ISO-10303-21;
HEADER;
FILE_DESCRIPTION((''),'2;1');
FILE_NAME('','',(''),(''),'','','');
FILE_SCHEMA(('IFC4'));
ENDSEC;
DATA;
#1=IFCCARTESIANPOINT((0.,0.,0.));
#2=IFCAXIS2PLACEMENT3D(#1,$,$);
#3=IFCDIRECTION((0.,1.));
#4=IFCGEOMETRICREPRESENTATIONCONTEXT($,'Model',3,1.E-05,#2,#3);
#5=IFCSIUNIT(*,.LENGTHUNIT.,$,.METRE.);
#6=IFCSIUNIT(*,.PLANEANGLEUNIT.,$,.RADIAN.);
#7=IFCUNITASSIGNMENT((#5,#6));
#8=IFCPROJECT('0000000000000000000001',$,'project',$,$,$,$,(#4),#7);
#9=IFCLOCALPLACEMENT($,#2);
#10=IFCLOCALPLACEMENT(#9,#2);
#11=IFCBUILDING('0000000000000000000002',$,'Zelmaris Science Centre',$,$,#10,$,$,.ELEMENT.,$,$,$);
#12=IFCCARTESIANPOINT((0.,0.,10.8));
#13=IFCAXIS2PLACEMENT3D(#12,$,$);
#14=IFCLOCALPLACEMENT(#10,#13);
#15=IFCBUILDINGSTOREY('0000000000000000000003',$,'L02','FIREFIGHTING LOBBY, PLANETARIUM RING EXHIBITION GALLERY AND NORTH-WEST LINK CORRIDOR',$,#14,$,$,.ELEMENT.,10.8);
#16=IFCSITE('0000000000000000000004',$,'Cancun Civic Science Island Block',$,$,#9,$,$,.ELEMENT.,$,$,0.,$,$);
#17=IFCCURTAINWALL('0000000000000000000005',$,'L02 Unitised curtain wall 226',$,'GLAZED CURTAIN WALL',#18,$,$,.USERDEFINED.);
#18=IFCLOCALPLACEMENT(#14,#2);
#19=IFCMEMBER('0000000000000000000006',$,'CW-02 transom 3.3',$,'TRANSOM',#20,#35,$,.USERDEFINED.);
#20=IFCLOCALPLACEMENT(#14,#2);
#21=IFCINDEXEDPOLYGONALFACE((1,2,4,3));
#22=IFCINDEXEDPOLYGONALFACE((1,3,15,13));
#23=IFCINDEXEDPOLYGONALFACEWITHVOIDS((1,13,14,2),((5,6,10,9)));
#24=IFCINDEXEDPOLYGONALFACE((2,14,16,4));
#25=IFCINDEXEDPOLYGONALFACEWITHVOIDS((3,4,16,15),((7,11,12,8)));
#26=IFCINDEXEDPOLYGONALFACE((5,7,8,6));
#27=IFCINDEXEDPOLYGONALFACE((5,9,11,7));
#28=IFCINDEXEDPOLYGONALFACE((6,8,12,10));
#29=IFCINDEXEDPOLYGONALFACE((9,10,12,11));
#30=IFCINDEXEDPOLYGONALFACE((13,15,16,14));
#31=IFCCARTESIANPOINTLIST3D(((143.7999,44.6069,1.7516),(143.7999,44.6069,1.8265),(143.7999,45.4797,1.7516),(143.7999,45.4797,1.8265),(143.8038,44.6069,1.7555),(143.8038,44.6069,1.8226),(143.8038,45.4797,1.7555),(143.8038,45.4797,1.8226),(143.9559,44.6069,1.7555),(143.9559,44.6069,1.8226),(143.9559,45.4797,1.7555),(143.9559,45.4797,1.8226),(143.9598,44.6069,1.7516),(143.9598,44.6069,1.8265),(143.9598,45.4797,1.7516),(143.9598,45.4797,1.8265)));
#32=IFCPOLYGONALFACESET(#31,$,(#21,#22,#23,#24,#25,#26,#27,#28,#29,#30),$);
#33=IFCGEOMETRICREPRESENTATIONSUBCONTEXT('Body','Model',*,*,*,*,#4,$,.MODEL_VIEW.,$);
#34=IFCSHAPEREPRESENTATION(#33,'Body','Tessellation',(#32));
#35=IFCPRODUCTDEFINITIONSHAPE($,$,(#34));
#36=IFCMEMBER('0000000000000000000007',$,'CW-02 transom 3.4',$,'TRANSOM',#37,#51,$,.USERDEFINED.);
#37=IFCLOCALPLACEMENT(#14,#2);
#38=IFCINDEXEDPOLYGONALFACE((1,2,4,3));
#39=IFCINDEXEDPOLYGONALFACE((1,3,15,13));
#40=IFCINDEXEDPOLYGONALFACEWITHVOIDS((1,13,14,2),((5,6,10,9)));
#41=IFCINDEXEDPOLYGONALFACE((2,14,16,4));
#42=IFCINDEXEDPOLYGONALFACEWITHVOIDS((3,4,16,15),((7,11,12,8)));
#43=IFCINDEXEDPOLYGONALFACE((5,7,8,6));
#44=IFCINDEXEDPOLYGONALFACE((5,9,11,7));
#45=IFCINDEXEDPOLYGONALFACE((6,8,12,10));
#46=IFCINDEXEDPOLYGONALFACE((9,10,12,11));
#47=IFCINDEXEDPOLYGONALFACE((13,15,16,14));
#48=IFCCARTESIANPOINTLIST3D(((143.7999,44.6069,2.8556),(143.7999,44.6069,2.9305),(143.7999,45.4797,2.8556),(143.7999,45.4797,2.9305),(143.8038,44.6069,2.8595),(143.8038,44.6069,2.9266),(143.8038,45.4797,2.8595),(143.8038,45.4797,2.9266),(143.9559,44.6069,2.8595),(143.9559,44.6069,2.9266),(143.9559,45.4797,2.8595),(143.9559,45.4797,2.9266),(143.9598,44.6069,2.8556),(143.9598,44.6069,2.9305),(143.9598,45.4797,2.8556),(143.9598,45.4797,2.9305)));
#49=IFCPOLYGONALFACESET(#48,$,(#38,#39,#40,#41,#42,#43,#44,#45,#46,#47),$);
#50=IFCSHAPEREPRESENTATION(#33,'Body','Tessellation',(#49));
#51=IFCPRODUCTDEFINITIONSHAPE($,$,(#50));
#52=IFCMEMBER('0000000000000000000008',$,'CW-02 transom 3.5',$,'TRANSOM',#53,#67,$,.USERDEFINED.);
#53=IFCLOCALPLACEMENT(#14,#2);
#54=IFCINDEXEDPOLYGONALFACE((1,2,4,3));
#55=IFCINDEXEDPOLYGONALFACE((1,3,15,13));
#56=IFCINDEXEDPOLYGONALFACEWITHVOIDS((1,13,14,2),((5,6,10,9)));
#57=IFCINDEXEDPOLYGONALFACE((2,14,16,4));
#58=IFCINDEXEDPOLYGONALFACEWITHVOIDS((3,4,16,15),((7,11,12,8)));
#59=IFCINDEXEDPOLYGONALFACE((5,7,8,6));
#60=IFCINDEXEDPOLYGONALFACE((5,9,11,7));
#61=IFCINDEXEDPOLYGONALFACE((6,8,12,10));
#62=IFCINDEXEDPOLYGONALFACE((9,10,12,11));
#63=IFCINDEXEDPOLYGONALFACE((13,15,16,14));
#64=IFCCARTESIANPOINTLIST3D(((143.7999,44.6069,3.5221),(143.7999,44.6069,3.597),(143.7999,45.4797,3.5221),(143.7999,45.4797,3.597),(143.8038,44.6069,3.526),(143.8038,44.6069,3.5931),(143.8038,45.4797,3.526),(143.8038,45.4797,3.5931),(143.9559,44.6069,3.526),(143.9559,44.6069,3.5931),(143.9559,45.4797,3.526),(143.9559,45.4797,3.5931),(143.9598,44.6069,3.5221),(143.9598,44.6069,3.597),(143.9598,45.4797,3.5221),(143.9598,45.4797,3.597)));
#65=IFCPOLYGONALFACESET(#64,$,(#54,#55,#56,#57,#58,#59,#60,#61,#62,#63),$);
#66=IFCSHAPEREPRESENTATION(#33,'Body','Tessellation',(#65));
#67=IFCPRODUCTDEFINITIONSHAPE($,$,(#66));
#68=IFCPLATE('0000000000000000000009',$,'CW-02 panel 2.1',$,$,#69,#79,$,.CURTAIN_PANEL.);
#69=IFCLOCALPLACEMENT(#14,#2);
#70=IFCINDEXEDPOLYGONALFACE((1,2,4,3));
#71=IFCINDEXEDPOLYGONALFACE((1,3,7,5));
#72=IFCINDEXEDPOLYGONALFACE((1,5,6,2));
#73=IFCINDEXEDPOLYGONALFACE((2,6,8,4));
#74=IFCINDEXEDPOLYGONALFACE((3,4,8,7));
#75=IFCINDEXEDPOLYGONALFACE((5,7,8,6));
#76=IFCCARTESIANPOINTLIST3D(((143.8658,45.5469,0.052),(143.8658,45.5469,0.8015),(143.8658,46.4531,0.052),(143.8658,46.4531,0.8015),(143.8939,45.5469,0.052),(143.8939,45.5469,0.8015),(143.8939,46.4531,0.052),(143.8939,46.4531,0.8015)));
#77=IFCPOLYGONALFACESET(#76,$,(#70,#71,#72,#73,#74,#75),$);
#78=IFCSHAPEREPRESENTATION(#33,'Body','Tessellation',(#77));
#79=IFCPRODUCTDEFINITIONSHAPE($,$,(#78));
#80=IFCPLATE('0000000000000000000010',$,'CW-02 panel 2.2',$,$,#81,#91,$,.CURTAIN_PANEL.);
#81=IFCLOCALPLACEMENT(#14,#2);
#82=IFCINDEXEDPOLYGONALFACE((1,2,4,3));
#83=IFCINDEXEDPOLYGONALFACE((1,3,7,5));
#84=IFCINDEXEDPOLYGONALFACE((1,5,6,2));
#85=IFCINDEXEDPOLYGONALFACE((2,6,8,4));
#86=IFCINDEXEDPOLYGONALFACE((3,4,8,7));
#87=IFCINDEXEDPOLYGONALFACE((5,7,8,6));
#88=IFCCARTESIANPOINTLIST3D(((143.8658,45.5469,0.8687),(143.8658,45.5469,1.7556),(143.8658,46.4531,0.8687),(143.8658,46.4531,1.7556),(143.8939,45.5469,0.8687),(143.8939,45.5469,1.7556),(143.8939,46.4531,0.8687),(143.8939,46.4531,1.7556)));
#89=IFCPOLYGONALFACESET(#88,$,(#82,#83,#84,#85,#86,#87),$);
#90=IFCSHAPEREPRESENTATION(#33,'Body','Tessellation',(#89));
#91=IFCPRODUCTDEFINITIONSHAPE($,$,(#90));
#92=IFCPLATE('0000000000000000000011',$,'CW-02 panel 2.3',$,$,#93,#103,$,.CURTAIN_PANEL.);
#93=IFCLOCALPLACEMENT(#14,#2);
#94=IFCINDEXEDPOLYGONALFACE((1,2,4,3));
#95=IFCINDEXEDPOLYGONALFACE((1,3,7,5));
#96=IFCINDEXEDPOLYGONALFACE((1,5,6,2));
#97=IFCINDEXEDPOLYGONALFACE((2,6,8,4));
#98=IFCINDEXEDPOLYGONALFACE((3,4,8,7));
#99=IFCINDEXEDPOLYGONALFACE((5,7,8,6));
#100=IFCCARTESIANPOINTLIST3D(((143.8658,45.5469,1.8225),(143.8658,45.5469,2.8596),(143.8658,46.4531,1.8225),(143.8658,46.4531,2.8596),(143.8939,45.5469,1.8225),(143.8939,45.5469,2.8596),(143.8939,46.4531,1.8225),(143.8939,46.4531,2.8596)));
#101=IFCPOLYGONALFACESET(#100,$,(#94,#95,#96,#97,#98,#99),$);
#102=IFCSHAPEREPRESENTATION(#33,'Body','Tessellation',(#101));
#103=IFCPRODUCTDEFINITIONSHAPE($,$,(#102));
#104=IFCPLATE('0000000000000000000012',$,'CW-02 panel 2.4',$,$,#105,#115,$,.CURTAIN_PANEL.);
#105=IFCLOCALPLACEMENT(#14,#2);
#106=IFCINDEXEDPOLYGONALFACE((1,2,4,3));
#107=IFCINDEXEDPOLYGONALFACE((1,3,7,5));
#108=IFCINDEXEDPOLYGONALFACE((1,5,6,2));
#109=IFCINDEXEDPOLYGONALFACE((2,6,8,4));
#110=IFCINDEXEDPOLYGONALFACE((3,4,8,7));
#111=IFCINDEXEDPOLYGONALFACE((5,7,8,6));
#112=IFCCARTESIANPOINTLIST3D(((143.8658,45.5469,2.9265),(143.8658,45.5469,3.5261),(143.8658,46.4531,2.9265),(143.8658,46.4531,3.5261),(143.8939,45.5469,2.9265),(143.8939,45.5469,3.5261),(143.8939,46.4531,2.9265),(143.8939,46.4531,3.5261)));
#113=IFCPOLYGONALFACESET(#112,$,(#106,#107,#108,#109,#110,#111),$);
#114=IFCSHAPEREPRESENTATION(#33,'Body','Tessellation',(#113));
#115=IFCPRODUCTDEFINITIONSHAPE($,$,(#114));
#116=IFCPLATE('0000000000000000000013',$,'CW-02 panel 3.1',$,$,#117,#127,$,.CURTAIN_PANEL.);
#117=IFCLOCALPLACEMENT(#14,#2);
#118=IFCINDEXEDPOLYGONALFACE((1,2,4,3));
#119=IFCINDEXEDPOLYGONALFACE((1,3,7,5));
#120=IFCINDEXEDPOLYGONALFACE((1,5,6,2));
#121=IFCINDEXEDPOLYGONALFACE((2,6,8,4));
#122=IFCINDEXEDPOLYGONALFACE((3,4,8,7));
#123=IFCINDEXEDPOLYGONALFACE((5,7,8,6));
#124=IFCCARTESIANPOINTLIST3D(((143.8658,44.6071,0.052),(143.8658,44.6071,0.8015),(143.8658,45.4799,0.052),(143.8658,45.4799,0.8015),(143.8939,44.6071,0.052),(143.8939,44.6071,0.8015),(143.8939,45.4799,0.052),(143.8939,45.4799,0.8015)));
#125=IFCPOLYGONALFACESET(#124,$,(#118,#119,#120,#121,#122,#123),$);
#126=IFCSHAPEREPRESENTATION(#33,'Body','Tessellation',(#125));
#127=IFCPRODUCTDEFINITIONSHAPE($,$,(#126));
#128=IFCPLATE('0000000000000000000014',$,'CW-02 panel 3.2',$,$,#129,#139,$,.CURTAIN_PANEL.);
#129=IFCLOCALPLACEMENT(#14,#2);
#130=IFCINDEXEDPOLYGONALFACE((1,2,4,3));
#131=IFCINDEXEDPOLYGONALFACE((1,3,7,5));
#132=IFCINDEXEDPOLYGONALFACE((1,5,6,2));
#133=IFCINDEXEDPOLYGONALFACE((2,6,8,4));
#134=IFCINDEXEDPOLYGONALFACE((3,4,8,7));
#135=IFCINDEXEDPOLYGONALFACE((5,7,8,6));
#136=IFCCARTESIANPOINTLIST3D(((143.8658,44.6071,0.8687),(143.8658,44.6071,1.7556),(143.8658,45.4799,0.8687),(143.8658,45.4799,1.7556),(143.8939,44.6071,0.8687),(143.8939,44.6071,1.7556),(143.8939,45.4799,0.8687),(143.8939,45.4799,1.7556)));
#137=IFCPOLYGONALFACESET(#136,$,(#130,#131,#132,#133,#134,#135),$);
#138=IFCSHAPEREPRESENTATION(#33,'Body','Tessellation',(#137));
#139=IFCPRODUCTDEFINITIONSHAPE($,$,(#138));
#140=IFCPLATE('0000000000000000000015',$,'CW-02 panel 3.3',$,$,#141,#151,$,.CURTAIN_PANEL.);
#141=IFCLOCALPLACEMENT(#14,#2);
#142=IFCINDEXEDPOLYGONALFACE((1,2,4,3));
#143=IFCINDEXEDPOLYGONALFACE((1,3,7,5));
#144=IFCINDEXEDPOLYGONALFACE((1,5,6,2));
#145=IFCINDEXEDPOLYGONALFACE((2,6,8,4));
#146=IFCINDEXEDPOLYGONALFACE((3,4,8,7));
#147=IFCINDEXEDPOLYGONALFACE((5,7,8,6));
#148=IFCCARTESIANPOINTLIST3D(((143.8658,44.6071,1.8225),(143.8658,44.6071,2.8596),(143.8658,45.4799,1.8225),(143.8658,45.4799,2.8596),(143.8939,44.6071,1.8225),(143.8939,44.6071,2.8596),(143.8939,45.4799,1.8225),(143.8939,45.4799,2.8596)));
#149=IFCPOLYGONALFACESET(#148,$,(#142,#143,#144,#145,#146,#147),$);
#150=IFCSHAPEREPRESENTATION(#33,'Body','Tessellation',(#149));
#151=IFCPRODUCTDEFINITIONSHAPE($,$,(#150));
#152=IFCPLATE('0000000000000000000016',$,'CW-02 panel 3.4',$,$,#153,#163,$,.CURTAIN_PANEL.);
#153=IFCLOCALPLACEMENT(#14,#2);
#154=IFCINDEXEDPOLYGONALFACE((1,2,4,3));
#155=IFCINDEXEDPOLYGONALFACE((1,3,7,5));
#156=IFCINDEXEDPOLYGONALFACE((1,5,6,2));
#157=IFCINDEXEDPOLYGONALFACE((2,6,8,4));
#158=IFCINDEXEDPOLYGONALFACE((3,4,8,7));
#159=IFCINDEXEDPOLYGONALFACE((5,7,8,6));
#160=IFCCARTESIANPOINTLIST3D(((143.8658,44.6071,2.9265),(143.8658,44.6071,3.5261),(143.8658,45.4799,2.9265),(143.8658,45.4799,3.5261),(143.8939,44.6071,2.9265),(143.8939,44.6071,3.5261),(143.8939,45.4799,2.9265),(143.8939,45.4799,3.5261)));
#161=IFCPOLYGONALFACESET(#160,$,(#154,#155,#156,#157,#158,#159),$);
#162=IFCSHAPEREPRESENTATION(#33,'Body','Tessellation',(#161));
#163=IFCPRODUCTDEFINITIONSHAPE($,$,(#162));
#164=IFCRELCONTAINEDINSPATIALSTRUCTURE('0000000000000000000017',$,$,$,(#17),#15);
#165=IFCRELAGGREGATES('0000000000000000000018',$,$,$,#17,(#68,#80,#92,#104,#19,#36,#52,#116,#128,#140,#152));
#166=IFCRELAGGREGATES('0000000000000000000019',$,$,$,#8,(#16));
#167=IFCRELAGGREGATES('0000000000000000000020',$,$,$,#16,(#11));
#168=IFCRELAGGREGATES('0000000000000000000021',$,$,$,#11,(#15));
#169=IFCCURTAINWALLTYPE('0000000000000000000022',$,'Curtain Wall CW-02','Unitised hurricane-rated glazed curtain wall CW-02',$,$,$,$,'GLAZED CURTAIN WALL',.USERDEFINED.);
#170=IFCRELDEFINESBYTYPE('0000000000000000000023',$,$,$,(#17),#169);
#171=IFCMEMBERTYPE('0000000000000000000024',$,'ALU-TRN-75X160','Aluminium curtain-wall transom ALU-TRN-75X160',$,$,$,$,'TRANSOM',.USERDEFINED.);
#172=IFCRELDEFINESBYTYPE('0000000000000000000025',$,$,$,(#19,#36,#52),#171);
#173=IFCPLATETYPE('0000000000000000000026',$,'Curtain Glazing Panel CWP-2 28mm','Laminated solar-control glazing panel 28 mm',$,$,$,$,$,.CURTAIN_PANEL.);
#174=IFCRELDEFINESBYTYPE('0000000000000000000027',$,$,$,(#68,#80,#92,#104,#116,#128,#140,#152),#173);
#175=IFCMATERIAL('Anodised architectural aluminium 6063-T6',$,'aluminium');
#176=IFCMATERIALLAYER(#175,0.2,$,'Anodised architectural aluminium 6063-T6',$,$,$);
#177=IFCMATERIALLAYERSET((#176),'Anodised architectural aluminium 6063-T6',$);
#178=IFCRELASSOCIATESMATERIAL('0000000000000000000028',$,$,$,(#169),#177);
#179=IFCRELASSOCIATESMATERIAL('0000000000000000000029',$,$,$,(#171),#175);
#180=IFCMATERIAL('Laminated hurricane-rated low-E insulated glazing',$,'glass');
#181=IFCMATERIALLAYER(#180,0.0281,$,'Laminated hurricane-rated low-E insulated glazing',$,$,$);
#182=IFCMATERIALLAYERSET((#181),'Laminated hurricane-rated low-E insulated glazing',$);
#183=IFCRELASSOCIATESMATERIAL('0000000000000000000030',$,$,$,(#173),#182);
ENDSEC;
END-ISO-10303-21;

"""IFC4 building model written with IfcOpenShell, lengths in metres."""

from ifc_helpers import new_model, si_unit, direction, frame, origin, origin_2d, place, context, subcontext, project, spatial, rectangle, hollow_rectangle, extrude, material, layer, layer_set, material_profile, profile_set, type_object, element, aggregate, save


model = new_model("IFC4")

# Units and contexts
model_context = context("Model", 3, precision=1e-05, world=origin(), true_north=direction((0.0, 1.0)))
body_context = subcontext(model_context, "Body", "Model", "MODEL_VIEW")
ifc_project = project(units=[si_unit("LENGTHUNIT", "METRE"), si_unit("PLANEANGLEUNIT", "RADIAN")], contexts=[model_context])

# Site, building, storey
site_placement = place(None, origin())
site = spatial("IfcSite", under=ifc_project, at=site_placement, Name="Cancun Civic Science Island Block", CompositionType="ELEMENT", RefElevation=0.0)
building_placement = place(site_placement, origin())
building = spatial("IfcBuilding", under=site, at=building_placement, Name="Zelmaris Science Centre", CompositionType="ELEMENT")
storey_placement = place(building_placement, frame((0.0, 0.0, 10.8)))
storey = spatial("IfcBuildingStorey", under=building, at=storey_placement, Name="L02", Description="FIREFIGHTING LOBBY, PLANETARIUM RING EXHIBITION GALLERY AND NORTH-WEST LINK CORRIDOR", CompositionType="ELEMENT", Elevation=10.8)

# Shared definitions
ifc_material_1 = material(Name="Anodised architectural aluminium 6063-T6", Category="aluminium")

# Curtain wall
ifc_layer_1 = layer(ifc_material_1, 0.2, Name="Anodised architectural aluminium 6063-T6")
ifc_layer_set_1 = layer_set([ifc_layer_1], Name="Anodised architectural aluminium 6063-T6")
curtain_wall_type_1 = type_object("IfcCurtainWallType", Name="Curtain Wall CW-02", Description="Unitised hurricane-rated glazed curtain wall CW-02", ElementType="GLAZED CURTAIN WALL", PredefinedType="USERDEFINED", material=ifc_layer_set_1)
curtain_wall_1_placement = place(storey_placement, origin())
curtain_wall_1 = element("IfcCurtainWall", 1, at=curtain_wall_1_placement, inside=storey, type_object=curtain_wall_type_1, Name="L02 Unitised curtain wall 226", ObjectType="GLAZED CURTAIN WALL", PredefinedType="USERDEFINED")

# Members
ifc_material_profile_1 = material_profile(ifc_material_1, hollow_rectangle(XDim=0.075, YDim=0.1599, WallThickness=0.0039, at=origin_2d()), Name="ALU-TRN-75X160")
ifc_profile_set_1 = profile_set([ifc_material_profile_1], Name="Anodised architectural aluminium 6063-T6")
member_type_1 = type_object("IfcMemberType", Name="ALU-TRN-75X160", Description="Aluminium curtain-wall transom ALU-TRN-75X160", ElementType="TRANSOM", PredefinedType="USERDEFINED", material=ifc_profile_set_1)
member_1_placement = place(storey_placement, frame((143.8799, 45.4797, 1.7891), z_axis=(0.0, -1.0, 0.0), x_axis=(0.0, 0.0, 1.0)))
member_1 = element("IfcMember", 2, at=member_1_placement, type_object=member_type_1, Name="CW-02 transom 3.3", ObjectType="TRANSOM", PredefinedType="USERDEFINED", context=body_context, shape_type="SweptSolid", body=[
    extrude(hollow_rectangle(XDim=0.075, YDim=0.1599, WallThickness=0.0039, at=origin_2d()), origin(), (0.0, 0.0, 1.0), 0.8728),
])
member_2_placement = place(storey_placement, frame((143.8799, 45.4797, 2.8931), z_axis=(0.0, -1.0, 0.0), x_axis=(0.0, 0.0, 1.0)))
member_2 = element("IfcMember", 3, at=member_2_placement, type_object=member_type_1, Name="CW-02 transom 3.4", ObjectType="TRANSOM", PredefinedType="USERDEFINED", context=body_context, shape_type="SweptSolid", body=[
    extrude(hollow_rectangle(XDim=0.075, YDim=0.1599, WallThickness=0.0039, at=origin_2d()), origin(), (0.0, 0.0, 1.0), 0.8728),
])
member_3_placement = place(storey_placement, frame((143.8799, 45.4797, 3.5596), z_axis=(0.0, -1.0, 0.0), x_axis=(0.0, 0.0, 1.0)))
member_3 = element("IfcMember", 4, at=member_3_placement, type_object=member_type_1, Name="CW-02 transom 3.5", ObjectType="TRANSOM", PredefinedType="USERDEFINED", context=body_context, shape_type="SweptSolid", body=[
    extrude(hollow_rectangle(XDim=0.075, YDim=0.1599, WallThickness=0.0039, at=origin_2d()), origin(), (0.0, 0.0, 1.0), 0.8728),
])

# Plates
ifc_material_2 = material(Name="Laminated hurricane-rated low-E insulated glazing", Category="glass")
ifc_layer_2 = layer(ifc_material_2, 0.0281, Name="Laminated hurricane-rated low-E insulated glazing")
ifc_layer_set_2 = layer_set([ifc_layer_2], Name="Laminated hurricane-rated low-E insulated glazing")
plate_type = type_object("IfcPlateType", Name="Curtain Glazing Panel CWP-2 28mm", Description="Laminated solar-control glazing panel 28 mm", PredefinedType="CURTAIN_PANEL", material=ifc_layer_set_2)
plate_1_placement = place(storey_placement, frame((143.8799, 46.0, 0.052), z_axis=(0.0, 0.0, 1.0), x_axis=(0.0, -1.0, 0.0)))
plate_1 = element("IfcPlate", 5, at=plate_1_placement, type_object=plate_type, Name="CW-02 panel 2.1", PredefinedType="CURTAIN_PANEL", context=body_context, shape_type="SweptSolid", body=[
    extrude(rectangle(XDim=0.9062, YDim=0.0281, at=origin_2d()), origin(), (0.0, 0.0, 1.0), 0.7495),
])
plate_2_placement = place(storey_placement, frame((143.8799, 46.0, 0.8687), z_axis=(0.0, 0.0, 1.0), x_axis=(0.0, -1.0, 0.0)))
plate_2 = element("IfcPlate", 6, at=plate_2_placement, type_object=plate_type, Name="CW-02 panel 2.2", PredefinedType="CURTAIN_PANEL", context=body_context, shape_type="SweptSolid", body=[
    extrude(rectangle(XDim=0.9062, YDim=0.0281, at=origin_2d()), origin(), (0.0, 0.0, 1.0), 0.887),
])
plate_3_placement = place(storey_placement, frame((143.8799, 46.0, 1.8225), z_axis=(0.0, 0.0, 1.0), x_axis=(0.0, -1.0, 0.0)))
plate_3 = element("IfcPlate", 7, at=plate_3_placement, type_object=plate_type, Name="CW-02 panel 2.3", PredefinedType="CURTAIN_PANEL", context=body_context, shape_type="SweptSolid", body=[
    extrude(rectangle(XDim=0.9062, YDim=0.0281, at=origin_2d()), origin(), (0.0, 0.0, 1.0), 1.0371),
])
plate_4_placement = place(storey_placement, frame((143.8799, 46.0, 2.9265), z_axis=(0.0, 0.0, 1.0), x_axis=(0.0, -1.0, 0.0)))
plate_4 = element("IfcPlate", 8, at=plate_4_placement, type_object=plate_type, Name="CW-02 panel 2.4", PredefinedType="CURTAIN_PANEL", context=body_context, shape_type="SweptSolid", body=[
    extrude(rectangle(XDim=0.9062, YDim=0.0281, at=origin_2d()), origin(), (0.0, 0.0, 1.0), 0.5996),
])
plate_5_placement = place(storey_placement, frame((143.8799, 45.0435, 0.052), z_axis=(0.0, 0.0, 1.0), x_axis=(0.0, -1.0, 0.0)))
plate_5 = element("IfcPlate", 9, at=plate_5_placement, type_object=plate_type, Name="CW-02 panel 3.1", PredefinedType="CURTAIN_PANEL", context=body_context, shape_type="SweptSolid", body=[
    extrude(rectangle(XDim=0.8728, YDim=0.0281, at=origin_2d()), origin(), (0.0, 0.0, 1.0), 0.7495),
])
plate_6_placement = place(storey_placement, frame((143.8799, 45.0435, 0.8687), z_axis=(0.0, 0.0, 1.0), x_axis=(0.0, -1.0, 0.0)))
plate_6 = element("IfcPlate", 10, at=plate_6_placement, type_object=plate_type, Name="CW-02 panel 3.2", PredefinedType="CURTAIN_PANEL", context=body_context, shape_type="SweptSolid", body=[
    extrude(rectangle(XDim=0.8728, YDim=0.0281, at=origin_2d()), origin(), (0.0, 0.0, 1.0), 0.887),
])
plate_7_placement = place(storey_placement, frame((143.8799, 45.0435, 1.8225), z_axis=(0.0, 0.0, 1.0), x_axis=(0.0, -1.0, 0.0)))
plate_7 = element("IfcPlate", 11, at=plate_7_placement, type_object=plate_type, Name="CW-02 panel 3.3", PredefinedType="CURTAIN_PANEL", context=body_context, shape_type="SweptSolid", body=[
    extrude(rectangle(XDim=0.8728, YDim=0.0281, at=origin_2d()), origin(), (0.0, 0.0, 1.0), 1.0371),
])
plate_8_placement = place(storey_placement, frame((143.8799, 45.0435, 2.9265), z_axis=(0.0, 0.0, 1.0), x_axis=(0.0, -1.0, 0.0)))
plate_8 = element("IfcPlate", 12, at=plate_8_placement, type_object=plate_type, Name="CW-02 panel 3.4", PredefinedType="CURTAIN_PANEL", context=body_context, shape_type="SweptSolid", body=[
    extrude(rectangle(XDim=0.8728, YDim=0.0281, at=origin_2d()), origin(), (0.0, 0.0, 1.0), 0.5996),
])
aggregate(curtain_wall_1, [plate_1, plate_2, plate_3, plate_4, member_1, member_2, member_3, plate_5, plate_6, plate_7, plate_8])

save(model, "model.ifc")
